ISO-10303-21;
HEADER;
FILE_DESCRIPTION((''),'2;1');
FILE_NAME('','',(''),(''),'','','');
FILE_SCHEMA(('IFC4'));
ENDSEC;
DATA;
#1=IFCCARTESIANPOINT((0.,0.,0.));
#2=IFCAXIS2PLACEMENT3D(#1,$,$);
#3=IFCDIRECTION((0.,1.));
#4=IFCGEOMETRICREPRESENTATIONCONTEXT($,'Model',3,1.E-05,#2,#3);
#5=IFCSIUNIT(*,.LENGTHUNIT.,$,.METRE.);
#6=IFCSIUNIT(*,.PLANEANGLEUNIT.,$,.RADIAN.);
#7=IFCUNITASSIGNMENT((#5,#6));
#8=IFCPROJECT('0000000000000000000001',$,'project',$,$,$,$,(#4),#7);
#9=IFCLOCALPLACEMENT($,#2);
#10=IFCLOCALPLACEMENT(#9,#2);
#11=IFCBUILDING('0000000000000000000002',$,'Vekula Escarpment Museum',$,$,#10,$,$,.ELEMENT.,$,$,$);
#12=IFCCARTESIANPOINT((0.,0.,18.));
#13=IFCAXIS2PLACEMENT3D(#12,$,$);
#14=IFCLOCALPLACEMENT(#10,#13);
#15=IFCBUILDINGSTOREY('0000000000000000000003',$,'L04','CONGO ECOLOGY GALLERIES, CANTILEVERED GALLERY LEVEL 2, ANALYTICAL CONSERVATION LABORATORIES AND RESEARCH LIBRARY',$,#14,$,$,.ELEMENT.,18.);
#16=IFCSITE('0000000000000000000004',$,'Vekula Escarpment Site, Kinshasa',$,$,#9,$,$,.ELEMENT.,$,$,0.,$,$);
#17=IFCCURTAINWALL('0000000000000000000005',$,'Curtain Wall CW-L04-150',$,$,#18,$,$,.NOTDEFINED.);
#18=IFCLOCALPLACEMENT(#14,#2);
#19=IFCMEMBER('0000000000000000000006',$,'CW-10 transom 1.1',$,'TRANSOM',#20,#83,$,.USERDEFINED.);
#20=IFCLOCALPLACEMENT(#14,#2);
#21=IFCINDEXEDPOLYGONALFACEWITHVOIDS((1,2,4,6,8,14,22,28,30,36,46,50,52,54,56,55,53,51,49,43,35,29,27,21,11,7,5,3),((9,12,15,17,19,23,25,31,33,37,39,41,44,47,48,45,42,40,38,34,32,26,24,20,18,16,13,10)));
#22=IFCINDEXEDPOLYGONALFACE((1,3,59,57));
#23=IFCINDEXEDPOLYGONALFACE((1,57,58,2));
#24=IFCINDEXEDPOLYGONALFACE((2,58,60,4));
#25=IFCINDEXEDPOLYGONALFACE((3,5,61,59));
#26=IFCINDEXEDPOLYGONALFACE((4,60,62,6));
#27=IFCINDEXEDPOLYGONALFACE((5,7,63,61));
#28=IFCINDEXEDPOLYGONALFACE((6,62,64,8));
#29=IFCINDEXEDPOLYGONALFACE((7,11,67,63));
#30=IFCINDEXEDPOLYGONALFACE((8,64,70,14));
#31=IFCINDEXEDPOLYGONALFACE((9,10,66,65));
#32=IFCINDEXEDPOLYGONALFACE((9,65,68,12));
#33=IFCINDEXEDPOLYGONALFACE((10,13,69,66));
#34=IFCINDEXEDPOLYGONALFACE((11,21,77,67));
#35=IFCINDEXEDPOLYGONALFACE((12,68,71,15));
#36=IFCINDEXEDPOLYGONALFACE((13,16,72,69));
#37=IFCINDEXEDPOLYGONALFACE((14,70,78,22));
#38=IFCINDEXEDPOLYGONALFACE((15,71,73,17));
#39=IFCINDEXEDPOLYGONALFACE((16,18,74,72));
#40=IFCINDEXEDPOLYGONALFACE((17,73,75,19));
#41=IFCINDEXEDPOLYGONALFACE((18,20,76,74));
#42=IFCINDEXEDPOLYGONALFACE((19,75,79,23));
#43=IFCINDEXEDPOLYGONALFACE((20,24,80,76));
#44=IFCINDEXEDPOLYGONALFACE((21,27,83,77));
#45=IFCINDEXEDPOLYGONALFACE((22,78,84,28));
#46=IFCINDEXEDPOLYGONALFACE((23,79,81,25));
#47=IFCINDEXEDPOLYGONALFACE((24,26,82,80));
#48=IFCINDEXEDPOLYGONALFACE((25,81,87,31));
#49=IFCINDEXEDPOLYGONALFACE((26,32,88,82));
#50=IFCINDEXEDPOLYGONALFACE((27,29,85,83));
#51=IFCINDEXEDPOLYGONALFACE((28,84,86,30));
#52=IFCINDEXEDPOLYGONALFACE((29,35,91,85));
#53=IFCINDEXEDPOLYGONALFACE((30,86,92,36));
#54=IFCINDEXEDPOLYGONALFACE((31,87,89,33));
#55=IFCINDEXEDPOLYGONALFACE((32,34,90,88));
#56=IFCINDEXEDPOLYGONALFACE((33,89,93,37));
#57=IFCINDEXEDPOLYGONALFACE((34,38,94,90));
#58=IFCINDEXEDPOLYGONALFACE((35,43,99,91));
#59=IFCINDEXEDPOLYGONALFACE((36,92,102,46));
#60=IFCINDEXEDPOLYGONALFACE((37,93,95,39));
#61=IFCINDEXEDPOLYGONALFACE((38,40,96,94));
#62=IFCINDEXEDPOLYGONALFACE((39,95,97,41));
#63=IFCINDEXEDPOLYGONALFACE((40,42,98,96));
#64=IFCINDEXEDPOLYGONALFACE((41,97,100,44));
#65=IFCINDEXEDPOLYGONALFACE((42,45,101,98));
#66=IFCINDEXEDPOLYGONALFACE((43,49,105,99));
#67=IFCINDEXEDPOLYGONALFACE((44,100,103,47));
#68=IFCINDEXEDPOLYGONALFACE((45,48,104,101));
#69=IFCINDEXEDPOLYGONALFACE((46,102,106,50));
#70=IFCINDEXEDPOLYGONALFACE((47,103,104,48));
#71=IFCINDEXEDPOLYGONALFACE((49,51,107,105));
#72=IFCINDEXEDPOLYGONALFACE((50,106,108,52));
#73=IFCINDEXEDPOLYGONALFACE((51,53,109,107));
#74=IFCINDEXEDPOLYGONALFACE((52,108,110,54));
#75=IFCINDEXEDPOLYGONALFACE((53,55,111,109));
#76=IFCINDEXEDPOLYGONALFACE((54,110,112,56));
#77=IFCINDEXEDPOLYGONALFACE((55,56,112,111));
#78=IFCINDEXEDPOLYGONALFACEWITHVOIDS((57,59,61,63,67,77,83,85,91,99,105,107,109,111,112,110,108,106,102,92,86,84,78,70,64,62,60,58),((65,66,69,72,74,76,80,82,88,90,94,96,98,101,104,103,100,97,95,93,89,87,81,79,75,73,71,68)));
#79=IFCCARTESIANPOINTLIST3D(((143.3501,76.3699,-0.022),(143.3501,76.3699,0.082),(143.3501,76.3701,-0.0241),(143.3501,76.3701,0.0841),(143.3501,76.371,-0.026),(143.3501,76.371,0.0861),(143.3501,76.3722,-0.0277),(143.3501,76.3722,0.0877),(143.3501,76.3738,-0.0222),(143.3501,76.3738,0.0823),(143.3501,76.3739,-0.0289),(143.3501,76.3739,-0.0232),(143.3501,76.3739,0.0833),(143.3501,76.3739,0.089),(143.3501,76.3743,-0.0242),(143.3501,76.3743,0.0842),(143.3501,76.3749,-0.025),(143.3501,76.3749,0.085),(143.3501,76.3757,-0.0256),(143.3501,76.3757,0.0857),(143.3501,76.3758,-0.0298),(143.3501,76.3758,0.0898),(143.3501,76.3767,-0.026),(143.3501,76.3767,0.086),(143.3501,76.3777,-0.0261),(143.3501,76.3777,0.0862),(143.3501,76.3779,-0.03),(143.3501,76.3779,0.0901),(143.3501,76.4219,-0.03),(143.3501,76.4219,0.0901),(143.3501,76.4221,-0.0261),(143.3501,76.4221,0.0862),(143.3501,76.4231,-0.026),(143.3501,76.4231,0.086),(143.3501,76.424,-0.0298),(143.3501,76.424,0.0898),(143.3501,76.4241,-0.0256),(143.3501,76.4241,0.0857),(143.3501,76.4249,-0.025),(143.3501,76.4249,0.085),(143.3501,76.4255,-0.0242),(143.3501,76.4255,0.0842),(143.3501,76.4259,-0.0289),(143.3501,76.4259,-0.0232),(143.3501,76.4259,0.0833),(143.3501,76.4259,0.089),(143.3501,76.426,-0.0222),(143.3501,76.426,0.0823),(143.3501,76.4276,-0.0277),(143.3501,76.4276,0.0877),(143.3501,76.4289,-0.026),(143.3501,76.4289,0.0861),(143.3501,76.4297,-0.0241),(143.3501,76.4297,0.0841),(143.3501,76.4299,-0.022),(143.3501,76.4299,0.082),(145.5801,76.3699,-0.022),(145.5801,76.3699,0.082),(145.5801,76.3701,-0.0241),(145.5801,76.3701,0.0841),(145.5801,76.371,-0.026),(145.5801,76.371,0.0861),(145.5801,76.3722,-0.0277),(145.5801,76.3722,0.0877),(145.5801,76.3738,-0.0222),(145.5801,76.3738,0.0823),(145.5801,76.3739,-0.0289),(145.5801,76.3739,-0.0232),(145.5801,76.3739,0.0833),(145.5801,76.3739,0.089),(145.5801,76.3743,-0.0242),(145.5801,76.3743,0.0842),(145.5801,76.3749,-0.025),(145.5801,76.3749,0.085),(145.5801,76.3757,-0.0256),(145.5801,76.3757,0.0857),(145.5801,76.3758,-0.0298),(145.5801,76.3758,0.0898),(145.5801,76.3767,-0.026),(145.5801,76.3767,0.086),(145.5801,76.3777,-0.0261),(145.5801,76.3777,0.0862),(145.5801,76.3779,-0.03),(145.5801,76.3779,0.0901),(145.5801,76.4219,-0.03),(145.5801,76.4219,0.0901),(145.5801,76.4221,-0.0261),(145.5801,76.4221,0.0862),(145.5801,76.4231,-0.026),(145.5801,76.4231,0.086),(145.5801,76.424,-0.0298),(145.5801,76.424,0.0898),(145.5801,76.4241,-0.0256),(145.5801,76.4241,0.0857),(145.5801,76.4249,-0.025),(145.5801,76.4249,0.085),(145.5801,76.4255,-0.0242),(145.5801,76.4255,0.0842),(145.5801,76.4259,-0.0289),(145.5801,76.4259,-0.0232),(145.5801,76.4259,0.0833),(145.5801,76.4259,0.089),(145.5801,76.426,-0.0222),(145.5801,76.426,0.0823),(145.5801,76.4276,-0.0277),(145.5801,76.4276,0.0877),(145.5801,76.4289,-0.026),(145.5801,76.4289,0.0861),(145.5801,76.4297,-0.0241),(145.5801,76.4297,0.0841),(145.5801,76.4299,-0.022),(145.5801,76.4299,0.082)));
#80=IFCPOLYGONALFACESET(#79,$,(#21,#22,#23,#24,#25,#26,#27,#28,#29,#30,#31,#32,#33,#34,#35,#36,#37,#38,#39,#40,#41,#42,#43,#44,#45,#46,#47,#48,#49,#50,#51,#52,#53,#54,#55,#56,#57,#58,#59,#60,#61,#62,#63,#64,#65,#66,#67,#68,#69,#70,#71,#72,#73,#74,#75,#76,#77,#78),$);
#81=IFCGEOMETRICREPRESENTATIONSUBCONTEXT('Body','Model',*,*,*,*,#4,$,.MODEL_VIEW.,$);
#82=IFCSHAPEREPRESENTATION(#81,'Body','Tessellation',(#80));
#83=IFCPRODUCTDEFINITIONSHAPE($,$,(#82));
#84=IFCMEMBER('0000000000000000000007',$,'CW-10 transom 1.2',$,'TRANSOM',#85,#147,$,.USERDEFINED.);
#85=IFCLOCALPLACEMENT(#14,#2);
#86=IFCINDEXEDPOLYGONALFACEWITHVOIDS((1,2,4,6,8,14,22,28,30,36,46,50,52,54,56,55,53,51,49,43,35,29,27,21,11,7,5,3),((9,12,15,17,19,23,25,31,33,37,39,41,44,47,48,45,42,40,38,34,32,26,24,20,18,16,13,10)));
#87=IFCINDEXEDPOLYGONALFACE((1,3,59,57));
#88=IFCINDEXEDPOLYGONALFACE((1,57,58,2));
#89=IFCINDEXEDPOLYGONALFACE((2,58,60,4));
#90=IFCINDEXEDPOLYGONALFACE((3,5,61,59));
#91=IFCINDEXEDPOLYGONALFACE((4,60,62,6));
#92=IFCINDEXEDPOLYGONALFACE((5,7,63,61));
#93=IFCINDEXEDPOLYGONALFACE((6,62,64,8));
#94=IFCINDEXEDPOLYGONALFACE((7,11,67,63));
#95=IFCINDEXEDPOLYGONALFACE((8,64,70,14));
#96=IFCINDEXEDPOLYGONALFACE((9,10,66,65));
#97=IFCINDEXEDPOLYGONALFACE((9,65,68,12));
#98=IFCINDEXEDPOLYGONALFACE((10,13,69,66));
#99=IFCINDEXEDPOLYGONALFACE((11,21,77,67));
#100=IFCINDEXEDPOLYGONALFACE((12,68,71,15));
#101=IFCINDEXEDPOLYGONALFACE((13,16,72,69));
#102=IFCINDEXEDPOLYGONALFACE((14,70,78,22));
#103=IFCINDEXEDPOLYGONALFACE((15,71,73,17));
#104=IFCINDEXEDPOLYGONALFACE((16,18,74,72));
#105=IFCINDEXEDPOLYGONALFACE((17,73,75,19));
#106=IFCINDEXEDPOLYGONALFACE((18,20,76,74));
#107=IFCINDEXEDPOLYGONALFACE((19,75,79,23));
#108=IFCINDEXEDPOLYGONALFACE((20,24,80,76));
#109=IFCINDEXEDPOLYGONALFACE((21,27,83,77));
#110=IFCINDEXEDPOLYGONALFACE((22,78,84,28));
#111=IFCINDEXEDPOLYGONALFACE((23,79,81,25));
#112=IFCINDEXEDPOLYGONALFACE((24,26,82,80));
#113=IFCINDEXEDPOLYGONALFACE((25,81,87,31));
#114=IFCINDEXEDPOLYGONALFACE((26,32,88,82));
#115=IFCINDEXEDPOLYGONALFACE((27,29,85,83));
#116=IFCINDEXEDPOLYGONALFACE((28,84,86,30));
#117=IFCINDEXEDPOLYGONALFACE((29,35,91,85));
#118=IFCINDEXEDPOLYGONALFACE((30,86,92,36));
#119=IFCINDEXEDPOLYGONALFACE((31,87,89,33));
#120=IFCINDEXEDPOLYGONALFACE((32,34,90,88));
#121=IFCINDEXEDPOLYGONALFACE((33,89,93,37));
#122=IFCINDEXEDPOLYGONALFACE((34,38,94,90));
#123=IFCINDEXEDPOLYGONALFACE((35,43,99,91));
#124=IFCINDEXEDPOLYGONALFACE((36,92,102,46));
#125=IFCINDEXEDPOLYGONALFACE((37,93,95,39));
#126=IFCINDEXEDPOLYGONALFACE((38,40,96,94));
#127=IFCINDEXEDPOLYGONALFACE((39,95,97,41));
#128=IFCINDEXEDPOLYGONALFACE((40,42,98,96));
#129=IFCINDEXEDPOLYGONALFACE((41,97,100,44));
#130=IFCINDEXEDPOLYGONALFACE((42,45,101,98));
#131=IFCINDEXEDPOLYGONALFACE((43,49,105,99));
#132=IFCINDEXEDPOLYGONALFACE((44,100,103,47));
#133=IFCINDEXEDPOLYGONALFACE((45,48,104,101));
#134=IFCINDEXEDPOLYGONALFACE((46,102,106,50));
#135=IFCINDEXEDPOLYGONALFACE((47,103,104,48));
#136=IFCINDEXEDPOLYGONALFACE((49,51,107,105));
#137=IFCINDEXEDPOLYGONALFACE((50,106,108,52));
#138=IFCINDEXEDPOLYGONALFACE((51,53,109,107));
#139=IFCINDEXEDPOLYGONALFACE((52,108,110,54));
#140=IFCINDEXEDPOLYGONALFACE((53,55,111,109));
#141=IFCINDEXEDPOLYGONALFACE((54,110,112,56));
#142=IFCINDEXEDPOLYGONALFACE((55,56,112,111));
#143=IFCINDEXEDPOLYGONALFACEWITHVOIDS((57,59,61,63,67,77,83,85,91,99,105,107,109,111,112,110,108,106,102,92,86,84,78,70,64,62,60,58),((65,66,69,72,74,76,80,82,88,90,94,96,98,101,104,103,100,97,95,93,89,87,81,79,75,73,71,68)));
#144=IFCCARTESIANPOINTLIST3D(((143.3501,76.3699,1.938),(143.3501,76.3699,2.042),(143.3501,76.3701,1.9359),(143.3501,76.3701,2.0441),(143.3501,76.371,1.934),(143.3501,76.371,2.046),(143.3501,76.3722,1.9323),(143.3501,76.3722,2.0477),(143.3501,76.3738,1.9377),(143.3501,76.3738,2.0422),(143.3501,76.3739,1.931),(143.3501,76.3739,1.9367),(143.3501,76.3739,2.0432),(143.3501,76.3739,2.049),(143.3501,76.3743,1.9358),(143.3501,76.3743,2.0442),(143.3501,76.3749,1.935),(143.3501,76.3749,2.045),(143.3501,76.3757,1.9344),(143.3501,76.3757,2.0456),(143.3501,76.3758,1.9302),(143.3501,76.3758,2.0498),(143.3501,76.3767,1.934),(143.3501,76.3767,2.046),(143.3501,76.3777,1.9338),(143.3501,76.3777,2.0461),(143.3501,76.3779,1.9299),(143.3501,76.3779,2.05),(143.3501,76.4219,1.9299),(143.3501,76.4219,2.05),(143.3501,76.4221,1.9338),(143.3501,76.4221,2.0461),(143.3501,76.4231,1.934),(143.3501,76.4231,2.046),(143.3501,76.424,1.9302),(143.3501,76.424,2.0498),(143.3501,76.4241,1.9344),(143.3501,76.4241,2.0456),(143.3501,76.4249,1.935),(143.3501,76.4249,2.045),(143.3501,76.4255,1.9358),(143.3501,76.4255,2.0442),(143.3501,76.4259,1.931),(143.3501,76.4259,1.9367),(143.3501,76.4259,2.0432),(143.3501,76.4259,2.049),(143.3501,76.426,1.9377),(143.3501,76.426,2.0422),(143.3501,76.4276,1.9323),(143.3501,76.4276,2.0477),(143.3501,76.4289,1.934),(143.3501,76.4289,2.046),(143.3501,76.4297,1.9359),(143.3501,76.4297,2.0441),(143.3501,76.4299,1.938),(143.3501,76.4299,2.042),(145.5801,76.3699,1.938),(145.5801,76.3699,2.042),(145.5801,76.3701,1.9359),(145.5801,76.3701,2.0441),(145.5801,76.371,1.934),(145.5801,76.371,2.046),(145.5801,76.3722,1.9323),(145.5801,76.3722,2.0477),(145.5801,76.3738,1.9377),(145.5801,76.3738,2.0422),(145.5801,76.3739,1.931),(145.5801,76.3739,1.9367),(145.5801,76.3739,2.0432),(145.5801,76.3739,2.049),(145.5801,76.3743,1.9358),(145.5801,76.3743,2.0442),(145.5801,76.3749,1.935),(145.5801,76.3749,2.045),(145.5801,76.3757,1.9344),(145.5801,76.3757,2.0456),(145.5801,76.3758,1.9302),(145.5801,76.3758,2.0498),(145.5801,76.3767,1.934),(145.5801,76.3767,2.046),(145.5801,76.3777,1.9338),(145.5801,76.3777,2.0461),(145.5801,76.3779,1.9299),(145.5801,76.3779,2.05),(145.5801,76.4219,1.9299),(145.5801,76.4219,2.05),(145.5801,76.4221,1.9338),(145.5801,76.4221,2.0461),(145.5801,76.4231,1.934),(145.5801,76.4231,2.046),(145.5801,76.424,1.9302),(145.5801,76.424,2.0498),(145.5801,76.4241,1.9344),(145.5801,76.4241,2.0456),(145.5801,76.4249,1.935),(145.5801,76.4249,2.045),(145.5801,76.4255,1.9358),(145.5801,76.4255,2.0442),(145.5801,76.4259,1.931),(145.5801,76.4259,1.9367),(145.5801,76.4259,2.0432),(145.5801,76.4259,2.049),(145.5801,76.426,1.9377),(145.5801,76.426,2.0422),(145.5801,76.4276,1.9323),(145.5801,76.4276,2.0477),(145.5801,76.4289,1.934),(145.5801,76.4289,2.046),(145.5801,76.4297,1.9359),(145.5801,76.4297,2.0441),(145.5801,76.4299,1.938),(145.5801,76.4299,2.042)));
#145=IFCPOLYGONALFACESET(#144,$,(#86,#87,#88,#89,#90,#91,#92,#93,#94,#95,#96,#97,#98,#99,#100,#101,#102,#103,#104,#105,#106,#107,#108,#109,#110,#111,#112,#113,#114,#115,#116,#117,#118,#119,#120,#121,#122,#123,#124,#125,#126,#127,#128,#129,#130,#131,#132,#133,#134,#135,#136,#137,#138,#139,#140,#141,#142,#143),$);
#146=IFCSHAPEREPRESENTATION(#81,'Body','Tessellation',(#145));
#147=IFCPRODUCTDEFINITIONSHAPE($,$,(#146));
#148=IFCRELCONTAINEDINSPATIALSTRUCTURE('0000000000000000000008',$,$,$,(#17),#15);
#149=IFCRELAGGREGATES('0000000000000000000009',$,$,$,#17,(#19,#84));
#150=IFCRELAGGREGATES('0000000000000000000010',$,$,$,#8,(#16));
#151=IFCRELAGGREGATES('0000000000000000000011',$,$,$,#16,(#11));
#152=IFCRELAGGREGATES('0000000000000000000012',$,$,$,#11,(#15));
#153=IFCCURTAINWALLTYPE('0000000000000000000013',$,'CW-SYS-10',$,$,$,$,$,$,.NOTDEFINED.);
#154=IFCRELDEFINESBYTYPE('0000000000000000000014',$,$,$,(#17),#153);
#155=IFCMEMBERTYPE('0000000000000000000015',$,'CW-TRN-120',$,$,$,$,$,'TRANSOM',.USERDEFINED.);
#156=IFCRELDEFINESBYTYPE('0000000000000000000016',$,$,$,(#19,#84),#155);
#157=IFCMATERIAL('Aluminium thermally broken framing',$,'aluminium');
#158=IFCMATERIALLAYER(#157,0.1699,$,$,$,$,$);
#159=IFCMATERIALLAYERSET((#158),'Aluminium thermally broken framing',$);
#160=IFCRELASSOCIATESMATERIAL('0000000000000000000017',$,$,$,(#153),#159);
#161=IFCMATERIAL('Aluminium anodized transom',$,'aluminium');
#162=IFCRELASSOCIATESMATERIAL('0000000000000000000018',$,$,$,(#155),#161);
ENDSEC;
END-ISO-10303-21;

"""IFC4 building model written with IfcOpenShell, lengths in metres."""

from ifc_helpers import new_model, si_unit, direction, frame, origin, origin_2d, place, context, subcontext, project, spatial, hollow_rectangle, extrude, material, layer, layer_set, material_profile, profile_set, type_object, element, aggregate, save


model = new_model("IFC4")

# Units and contexts
model_context = context("Model", 3, precision=1e-05, world=origin(), true_north=direction((0.0, 1.0)))
body_context = subcontext(model_context, "Body", "Model", "MODEL_VIEW")
ifc_project = project(units=[si_unit("LENGTHUNIT", "METRE"), si_unit("PLANEANGLEUNIT", "RADIAN")], contexts=[model_context])

# Site, building, storey
site_placement = place(None, origin())
site = spatial("IfcSite", under=ifc_project, at=site_placement, Name="Vekula Escarpment Site, Kinshasa", CompositionType="ELEMENT", RefElevation=0.0)
building_placement = place(site_placement, origin())
building = spatial("IfcBuilding", under=site, at=building_placement, Name="Vekula Escarpment Museum", CompositionType="ELEMENT")
storey_placement = place(building_placement, frame((0.0, 0.0, 18.0)))
storey = spatial("IfcBuildingStorey", under=building, at=storey_placement, Name="L04", Description="CONGO ECOLOGY GALLERIES, CANTILEVERED GALLERY LEVEL 2, ANALYTICAL CONSERVATION LABORATORIES AND RESEARCH LIBRARY", CompositionType="ELEMENT", Elevation=18.0)

# Curtain wall, members
ifc_material_1 = material(Name="Aluminium thermally broken framing", Category="aluminium")
ifc_layer_1 = layer(ifc_material_1, 0.1699)
ifc_layer_set_1 = layer_set([ifc_layer_1], Name="Aluminium thermally broken framing")
curtain_wall_type = type_object("IfcCurtainWallType", Name="CW-SYS-10", PredefinedType="NOTDEFINED", material=ifc_layer_set_1)
curtain_wall_placement = place(storey_placement, origin())
curtain_wall = element("IfcCurtainWall", 1, at=curtain_wall_placement, inside=storey, type_object=curtain_wall_type, Name="Curtain Wall CW-L04-150", PredefinedType="NOTDEFINED")
ifc_material_2 = material(Name="Aluminium anodized transom", Category="aluminium")
ifc_material_profile_1 = material_profile(ifc_material_2, hollow_rectangle(XDim=0.0601, YDim=0.1201, WallThickness=0.0039, InnerFilletRadius=0.0039, OuterFilletRadius=0.0081, at=origin_2d()), Name="ALU 120x60x4")
ifc_profile_set_1 = profile_set([ifc_material_profile_1], Name="Aluminium anodized transom")
member_type_1 = type_object("IfcMemberType", Name="CW-TRN-120", ElementType="TRANSOM", PredefinedType="USERDEFINED", material=ifc_profile_set_1)
member_1_placement = place(storey_placement, frame((145.5801, 76.3999, 0.03), z_axis=(-1.0, 0.0, 0.0), x_axis=(0.0, -1.0, 0.0)))
member_1 = element("IfcMember", 2, at=member_1_placement, type_object=member_type_1, Name="CW-10 transom 1.1", ObjectType="TRANSOM", PredefinedType="USERDEFINED", context=body_context, shape_type="SweptSolid", body=[
    extrude(hollow_rectangle(XDim=0.0601, YDim=0.1201, WallThickness=0.0039, InnerFilletRadius=0.0039, OuterFilletRadius=0.0081, at=origin_2d()), origin(), (0.0, 0.0, 1.0), 2.23),
])
member_2_placement = place(storey_placement, frame((145.5801, 76.3999, 1.99), z_axis=(-1.0, 0.0, 0.0), x_axis=(0.0, -1.0, 0.0)))
member_2 = element("IfcMember", 3, at=member_2_placement, type_object=member_type_1, Name="CW-10 transom 1.2", ObjectType="TRANSOM", PredefinedType="USERDEFINED", context=body_context, shape_type="SweptSolid", body=[
    extrude(hollow_rectangle(XDim=0.0601, YDim=0.1201, WallThickness=0.0039, InnerFilletRadius=0.0039, OuterFilletRadius=0.0081, at=origin_2d()), origin(), (0.0, 0.0, 1.0), 2.23),
])
aggregate(curtain_wall, [member_1, member_2])

save(model, "model.ifc")
